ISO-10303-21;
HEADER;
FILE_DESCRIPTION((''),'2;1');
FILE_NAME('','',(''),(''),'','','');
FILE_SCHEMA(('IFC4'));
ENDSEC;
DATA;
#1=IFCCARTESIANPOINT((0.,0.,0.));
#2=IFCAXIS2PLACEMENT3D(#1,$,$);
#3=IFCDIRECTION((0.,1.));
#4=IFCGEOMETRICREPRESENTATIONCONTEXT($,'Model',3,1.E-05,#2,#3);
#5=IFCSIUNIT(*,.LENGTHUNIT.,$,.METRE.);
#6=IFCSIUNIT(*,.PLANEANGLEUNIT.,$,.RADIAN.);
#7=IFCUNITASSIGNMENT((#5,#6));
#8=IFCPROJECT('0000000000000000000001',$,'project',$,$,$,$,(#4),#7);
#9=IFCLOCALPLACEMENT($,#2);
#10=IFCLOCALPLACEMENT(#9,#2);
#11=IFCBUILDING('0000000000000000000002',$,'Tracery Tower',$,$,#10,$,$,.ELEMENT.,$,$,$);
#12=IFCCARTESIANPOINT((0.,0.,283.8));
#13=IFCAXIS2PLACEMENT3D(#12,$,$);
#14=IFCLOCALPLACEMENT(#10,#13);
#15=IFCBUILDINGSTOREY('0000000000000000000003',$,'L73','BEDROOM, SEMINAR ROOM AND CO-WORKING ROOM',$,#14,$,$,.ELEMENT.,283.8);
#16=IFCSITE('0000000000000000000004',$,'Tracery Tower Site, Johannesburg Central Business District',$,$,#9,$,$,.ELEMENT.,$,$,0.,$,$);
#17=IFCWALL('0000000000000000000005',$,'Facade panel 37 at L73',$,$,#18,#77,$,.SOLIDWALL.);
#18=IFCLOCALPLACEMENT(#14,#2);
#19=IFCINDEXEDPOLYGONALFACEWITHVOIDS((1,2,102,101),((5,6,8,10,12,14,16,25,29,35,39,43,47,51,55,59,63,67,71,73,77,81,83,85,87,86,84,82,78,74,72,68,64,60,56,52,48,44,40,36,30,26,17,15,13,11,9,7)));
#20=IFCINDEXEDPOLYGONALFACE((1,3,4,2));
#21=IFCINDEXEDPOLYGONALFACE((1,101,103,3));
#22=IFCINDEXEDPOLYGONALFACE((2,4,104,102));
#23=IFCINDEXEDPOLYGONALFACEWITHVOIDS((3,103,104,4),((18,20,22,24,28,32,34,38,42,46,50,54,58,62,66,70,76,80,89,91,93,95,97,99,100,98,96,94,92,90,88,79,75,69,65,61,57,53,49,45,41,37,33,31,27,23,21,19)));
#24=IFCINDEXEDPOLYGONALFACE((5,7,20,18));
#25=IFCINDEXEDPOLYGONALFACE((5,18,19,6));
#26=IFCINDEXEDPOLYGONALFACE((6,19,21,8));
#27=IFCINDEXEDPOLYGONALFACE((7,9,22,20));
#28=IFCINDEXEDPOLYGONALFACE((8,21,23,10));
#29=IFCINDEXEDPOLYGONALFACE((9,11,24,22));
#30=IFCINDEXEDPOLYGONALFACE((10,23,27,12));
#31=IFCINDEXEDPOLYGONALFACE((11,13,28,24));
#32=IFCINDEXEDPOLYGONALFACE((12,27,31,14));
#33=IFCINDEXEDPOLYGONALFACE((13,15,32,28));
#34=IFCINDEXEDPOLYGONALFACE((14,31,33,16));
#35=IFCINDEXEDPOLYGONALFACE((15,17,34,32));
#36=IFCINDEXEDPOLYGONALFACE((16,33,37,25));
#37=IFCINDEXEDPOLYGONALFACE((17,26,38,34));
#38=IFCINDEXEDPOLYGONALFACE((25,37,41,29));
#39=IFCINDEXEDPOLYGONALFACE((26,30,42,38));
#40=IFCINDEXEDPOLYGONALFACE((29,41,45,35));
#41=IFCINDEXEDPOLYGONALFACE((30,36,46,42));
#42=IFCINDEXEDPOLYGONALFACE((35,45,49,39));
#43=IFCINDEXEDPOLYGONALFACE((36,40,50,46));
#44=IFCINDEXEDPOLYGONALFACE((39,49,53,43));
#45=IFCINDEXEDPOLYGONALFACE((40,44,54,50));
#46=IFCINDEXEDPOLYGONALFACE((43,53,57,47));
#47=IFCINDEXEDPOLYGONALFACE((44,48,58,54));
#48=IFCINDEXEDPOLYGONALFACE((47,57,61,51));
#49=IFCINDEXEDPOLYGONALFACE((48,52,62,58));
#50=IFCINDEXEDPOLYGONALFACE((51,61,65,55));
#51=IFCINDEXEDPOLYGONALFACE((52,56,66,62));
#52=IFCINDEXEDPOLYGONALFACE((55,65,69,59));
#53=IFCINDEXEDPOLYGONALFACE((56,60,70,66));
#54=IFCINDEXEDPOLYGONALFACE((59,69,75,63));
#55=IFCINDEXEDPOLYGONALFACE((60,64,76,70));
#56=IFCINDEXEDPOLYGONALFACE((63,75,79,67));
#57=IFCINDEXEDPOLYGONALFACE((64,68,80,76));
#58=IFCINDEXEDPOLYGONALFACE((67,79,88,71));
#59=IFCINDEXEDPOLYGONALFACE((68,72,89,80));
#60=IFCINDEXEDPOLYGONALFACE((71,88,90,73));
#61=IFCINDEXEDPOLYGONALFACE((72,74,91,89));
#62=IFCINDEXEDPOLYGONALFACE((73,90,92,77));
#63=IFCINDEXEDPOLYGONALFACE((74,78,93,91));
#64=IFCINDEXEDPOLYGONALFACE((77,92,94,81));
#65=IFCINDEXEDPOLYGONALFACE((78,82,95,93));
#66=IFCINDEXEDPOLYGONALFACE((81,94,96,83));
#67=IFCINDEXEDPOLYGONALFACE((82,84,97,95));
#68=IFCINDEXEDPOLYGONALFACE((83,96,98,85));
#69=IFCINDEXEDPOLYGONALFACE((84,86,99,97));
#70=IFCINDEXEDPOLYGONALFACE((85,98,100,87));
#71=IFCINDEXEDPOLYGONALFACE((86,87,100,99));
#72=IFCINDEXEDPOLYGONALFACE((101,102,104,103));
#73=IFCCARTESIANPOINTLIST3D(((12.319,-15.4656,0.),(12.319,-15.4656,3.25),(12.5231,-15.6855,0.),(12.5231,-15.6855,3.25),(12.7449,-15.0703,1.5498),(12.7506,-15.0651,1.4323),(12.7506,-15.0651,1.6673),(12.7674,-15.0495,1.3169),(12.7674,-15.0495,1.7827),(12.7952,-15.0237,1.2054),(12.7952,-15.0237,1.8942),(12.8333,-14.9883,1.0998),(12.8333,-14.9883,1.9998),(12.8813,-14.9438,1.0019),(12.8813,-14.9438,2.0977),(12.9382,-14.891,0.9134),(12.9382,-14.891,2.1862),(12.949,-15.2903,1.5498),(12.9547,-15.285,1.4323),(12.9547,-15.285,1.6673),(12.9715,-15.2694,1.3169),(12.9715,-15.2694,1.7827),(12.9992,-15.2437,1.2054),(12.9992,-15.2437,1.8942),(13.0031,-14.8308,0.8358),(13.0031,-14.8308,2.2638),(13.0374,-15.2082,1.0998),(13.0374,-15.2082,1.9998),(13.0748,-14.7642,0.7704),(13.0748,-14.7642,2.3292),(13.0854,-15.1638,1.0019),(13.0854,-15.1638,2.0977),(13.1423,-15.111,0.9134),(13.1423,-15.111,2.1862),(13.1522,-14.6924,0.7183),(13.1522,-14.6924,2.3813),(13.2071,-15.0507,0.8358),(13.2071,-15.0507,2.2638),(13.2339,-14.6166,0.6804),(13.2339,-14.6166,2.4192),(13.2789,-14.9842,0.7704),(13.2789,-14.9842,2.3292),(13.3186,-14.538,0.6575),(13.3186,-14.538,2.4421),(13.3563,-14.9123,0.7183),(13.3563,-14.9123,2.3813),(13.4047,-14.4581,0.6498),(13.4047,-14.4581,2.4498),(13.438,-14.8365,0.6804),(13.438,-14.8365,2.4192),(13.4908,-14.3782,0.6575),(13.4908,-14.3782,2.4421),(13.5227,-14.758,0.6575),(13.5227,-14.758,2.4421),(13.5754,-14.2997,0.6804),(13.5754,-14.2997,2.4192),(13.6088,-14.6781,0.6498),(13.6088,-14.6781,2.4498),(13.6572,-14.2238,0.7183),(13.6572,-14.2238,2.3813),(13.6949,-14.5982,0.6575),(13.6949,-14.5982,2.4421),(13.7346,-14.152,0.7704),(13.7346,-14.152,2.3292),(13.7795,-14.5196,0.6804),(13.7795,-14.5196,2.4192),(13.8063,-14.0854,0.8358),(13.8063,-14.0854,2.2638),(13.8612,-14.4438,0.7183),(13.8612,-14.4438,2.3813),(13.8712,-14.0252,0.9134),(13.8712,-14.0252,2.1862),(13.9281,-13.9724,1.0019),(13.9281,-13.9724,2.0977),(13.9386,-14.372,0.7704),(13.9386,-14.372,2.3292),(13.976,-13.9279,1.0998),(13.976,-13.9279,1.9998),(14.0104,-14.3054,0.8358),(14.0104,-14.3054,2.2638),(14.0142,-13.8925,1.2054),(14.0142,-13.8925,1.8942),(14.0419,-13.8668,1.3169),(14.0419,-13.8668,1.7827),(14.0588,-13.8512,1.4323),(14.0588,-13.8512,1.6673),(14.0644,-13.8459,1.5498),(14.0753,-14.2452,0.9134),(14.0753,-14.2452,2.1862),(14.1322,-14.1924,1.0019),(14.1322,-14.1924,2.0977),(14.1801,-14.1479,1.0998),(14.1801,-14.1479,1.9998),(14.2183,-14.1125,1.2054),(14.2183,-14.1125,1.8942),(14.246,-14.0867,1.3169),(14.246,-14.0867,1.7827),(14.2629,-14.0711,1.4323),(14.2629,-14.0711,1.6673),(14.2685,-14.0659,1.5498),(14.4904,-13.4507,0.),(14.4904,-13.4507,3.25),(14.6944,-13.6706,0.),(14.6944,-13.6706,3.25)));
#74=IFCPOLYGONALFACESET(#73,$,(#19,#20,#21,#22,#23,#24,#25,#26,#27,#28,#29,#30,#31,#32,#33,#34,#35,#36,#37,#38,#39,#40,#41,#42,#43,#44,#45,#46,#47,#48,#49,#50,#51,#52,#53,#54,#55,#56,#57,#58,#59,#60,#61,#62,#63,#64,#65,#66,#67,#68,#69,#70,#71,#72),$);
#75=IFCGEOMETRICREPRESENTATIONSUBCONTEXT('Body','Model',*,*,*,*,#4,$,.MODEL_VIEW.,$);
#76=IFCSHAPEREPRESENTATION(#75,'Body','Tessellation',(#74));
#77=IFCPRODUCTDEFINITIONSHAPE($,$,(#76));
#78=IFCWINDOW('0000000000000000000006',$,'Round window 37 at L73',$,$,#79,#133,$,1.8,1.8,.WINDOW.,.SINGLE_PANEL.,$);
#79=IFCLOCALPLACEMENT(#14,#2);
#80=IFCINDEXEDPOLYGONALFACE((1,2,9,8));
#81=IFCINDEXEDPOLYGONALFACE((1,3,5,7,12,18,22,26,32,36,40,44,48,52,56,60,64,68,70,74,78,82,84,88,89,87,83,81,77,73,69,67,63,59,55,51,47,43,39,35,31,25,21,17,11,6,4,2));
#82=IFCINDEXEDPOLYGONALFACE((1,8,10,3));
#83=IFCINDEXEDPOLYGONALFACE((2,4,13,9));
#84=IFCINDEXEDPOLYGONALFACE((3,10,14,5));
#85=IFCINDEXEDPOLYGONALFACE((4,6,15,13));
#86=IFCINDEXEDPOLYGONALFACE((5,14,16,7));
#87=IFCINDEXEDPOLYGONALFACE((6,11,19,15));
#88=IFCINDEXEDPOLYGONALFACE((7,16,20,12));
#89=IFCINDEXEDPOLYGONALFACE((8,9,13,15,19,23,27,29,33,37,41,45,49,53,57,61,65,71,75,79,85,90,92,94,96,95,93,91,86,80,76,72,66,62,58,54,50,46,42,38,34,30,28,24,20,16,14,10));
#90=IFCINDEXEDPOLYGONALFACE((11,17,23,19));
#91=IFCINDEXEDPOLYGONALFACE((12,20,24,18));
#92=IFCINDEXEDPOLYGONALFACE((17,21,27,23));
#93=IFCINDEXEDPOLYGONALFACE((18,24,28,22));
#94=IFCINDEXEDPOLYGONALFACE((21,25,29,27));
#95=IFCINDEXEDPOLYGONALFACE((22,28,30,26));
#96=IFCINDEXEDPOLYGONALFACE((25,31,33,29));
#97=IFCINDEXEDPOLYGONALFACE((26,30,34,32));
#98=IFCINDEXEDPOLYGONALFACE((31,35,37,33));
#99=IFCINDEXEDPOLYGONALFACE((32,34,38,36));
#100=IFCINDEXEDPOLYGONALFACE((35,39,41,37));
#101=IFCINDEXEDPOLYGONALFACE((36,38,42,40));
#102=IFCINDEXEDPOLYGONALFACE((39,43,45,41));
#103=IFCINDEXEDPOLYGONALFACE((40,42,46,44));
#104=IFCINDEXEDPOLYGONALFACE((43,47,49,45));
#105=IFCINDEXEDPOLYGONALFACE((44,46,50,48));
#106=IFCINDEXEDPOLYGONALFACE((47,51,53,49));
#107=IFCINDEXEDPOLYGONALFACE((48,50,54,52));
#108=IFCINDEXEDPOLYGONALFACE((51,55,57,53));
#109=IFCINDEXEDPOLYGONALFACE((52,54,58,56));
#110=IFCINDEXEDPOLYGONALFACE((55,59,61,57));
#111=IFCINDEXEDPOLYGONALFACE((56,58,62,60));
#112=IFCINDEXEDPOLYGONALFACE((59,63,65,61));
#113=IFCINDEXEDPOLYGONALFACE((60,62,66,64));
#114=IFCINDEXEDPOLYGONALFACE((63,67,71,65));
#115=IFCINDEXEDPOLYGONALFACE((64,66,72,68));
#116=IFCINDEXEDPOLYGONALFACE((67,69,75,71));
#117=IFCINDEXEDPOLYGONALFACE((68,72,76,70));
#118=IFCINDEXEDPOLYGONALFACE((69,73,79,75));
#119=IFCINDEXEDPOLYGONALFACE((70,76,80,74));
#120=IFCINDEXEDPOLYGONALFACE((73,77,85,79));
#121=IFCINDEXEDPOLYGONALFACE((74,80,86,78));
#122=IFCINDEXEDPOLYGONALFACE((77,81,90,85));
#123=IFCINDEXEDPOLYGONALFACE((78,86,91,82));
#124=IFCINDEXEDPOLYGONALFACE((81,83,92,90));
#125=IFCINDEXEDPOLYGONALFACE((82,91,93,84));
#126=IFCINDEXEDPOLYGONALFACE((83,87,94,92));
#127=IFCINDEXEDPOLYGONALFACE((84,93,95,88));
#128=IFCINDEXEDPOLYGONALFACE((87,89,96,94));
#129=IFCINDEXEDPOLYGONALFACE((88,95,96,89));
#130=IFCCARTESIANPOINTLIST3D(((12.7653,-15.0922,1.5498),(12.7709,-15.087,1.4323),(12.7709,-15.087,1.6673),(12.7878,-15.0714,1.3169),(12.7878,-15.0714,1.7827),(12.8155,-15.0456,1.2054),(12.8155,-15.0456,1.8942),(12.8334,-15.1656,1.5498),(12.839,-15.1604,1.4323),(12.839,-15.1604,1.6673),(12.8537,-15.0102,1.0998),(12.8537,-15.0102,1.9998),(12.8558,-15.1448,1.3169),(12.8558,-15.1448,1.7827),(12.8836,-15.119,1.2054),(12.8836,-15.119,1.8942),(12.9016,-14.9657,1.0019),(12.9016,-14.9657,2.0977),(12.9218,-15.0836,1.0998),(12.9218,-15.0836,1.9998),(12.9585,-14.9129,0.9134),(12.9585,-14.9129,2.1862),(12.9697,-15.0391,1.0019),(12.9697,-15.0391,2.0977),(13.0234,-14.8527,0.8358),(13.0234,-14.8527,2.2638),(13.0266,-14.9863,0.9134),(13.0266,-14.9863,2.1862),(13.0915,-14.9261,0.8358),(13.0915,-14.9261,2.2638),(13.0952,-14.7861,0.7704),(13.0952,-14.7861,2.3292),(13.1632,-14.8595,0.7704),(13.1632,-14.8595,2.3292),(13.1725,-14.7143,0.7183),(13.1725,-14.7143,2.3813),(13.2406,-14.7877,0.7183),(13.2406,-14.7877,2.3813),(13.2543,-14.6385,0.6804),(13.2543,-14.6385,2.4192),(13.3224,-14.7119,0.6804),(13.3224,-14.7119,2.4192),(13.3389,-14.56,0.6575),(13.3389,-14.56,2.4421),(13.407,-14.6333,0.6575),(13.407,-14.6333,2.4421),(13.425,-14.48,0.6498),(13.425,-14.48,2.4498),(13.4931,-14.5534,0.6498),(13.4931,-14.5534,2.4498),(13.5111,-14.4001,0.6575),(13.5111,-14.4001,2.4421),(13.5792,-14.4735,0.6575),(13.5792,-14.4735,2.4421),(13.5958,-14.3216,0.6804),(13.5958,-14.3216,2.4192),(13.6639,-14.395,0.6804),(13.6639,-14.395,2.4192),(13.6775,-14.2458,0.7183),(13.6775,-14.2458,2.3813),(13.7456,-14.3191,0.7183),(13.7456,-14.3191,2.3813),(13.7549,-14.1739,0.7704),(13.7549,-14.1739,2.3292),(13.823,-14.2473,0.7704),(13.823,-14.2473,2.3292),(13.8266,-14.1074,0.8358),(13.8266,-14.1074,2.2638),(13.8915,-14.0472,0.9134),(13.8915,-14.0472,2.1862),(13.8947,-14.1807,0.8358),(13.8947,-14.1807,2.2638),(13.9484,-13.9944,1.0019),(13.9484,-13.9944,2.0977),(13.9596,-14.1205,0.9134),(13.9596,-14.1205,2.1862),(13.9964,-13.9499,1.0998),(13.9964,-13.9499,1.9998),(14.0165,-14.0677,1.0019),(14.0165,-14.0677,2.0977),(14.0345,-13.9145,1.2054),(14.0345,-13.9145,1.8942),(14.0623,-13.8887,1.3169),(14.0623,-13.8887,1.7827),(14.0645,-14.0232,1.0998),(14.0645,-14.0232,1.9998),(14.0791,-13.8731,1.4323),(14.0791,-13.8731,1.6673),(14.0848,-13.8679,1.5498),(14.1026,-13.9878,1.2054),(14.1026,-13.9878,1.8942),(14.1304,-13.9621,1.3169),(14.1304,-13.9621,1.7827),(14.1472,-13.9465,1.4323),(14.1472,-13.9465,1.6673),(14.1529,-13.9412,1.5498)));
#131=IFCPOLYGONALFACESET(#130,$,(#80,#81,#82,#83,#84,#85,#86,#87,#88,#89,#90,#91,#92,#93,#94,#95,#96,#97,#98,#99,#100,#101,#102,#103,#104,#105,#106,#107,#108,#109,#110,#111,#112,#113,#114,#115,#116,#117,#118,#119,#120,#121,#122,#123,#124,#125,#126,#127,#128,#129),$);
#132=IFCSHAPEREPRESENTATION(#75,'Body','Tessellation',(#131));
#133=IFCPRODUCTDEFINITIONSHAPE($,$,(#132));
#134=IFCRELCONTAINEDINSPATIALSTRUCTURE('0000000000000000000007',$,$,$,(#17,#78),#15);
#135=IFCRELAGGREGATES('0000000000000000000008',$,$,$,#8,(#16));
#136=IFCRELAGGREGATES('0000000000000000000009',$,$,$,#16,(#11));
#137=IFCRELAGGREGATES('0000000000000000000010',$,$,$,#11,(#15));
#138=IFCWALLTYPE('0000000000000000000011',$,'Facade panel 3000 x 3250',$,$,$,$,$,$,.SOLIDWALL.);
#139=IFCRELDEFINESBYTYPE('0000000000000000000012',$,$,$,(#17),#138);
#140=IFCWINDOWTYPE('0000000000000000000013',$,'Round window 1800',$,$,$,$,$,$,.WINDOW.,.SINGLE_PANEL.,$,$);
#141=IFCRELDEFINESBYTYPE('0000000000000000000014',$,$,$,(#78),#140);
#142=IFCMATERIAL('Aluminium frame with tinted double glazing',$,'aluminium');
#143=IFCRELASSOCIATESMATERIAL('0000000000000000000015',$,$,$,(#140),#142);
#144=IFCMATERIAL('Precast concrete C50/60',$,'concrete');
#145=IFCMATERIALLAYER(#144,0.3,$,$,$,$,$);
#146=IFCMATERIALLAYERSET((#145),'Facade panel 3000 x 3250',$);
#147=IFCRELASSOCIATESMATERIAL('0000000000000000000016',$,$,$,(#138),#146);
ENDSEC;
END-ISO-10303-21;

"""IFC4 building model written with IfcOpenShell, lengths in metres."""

from ifc_helpers import new_model, si_unit, direction, frame, frame_2d, origin, origin_2d, place, context, subcontext, project, spatial, rectangle, circle, extrude, material, layer, layer_set, type_object, element, fill, save


model = new_model("IFC4")

# Units and contexts
model_context = context("Model", 3, precision=1e-05, world=origin(), true_north=direction((0.0, 1.0)))
body_context = subcontext(model_context, "Body", "Model", "MODEL_VIEW")
ifc_project = project(units=[si_unit("LENGTHUNIT", "METRE"), si_unit("PLANEANGLEUNIT", "RADIAN")], contexts=[model_context])

# Site, building, storey
site_placement = place(None, origin())
site = spatial("IfcSite", under=ifc_project, at=site_placement, Name="Tracery Tower Site, Johannesburg Central Business District", CompositionType="ELEMENT", RefElevation=0.0)
building_placement = place(site_placement, origin())
building = spatial("IfcBuilding", under=site, at=building_placement, Name="Tracery Tower", CompositionType="ELEMENT")
storey_placement = place(building_placement, frame((0.0, 0.0, 283.8)))
storey = spatial("IfcBuildingStorey", under=building, at=storey_placement, Name="L73", Description="BEDROOM, SEMINAR ROOM AND CO-WORKING ROOM", CompositionType="ELEMENT", Elevation=283.8)

# Wall, opening, window
ifc_material_1 = material(Name="Aluminium frame with tinted double glazing", Category="aluminium")
window_type = type_object("IfcWindowType", Name="Round window 1800", PartitioningType="SINGLE_PANEL", PredefinedType="WINDOW", material=ifc_material_1)
ifc_material_2 = material(Name="Precast concrete C50/60", Category="concrete")
ifc_layer_1 = layer(ifc_material_2, 0.3)
ifc_layer_set_1 = layer_set([ifc_layer_1], Name="Facade panel 3000 x 3250")
wall_type_1 = type_object("IfcWallType", Name="Facade panel 3000 x 3250", PredefinedType="SOLIDWALL", material=ifc_layer_set_1)
wall_1_placement = place(storey_placement, frame((12.4211, -15.5754, 0.0), z_axis=(0.0, 0.0, 1.0), x_axis=(0.733028, 0.680198, 0.0)))
wall_1 = element("IfcWall", 1, at=wall_1_placement, inside=storey, type_object=wall_type_1, Name="Facade panel 37 at L73", PredefinedType="SOLIDWALL", context=body_context, shape_type="SweptSolid", body=[
    extrude(rectangle(XDim=2.9622, YDim=0.3, at=frame_2d((1.481, 0.0))), origin(), (0.0, 0.0, 1.0), 3.25),
])
opening_1_placement = place(wall_1_placement, frame((1.481, 0.0, 1.5498)))
opening_1 = element("IfcOpeningElement", 2, at=opening_1_placement, cuts=wall_1, PredefinedType="OPENING", context=body_context, shape_type="SweptSolid", body=[
    extrude(circle(Radius=0.9, at=origin_2d()), frame((0.0, 0.1599, 0.0), z_axis=(0.0, -1.0, 0.0), x_axis=(1.0, 0.0, 0.0)), (0.0, 0.0, 1.0), 0.3201),
])
window_1_placement = place(opening_1_placement, origin())
window_1 = element("IfcWindow", 3, at=window_1_placement, inside=storey, type_object=window_type, Name="Round window 37 at L73", OverallHeight=1.8, OverallWidth=1.8, PartitioningType="SINGLE_PANEL", PredefinedType="WINDOW", context=body_context, shape_type="SweptSolid", body=[
    extrude(circle(Radius=0.9, at=origin_2d()), frame((0.0, 0.1201, 0.0), z_axis=(0.0, -1.0, 0.0), x_axis=(1.0, 0.0, 0.0)), (0.0, 0.0, 1.0), 0.1001),
])
fill(opening_1, window_1)

save(model, "model.ifc")
